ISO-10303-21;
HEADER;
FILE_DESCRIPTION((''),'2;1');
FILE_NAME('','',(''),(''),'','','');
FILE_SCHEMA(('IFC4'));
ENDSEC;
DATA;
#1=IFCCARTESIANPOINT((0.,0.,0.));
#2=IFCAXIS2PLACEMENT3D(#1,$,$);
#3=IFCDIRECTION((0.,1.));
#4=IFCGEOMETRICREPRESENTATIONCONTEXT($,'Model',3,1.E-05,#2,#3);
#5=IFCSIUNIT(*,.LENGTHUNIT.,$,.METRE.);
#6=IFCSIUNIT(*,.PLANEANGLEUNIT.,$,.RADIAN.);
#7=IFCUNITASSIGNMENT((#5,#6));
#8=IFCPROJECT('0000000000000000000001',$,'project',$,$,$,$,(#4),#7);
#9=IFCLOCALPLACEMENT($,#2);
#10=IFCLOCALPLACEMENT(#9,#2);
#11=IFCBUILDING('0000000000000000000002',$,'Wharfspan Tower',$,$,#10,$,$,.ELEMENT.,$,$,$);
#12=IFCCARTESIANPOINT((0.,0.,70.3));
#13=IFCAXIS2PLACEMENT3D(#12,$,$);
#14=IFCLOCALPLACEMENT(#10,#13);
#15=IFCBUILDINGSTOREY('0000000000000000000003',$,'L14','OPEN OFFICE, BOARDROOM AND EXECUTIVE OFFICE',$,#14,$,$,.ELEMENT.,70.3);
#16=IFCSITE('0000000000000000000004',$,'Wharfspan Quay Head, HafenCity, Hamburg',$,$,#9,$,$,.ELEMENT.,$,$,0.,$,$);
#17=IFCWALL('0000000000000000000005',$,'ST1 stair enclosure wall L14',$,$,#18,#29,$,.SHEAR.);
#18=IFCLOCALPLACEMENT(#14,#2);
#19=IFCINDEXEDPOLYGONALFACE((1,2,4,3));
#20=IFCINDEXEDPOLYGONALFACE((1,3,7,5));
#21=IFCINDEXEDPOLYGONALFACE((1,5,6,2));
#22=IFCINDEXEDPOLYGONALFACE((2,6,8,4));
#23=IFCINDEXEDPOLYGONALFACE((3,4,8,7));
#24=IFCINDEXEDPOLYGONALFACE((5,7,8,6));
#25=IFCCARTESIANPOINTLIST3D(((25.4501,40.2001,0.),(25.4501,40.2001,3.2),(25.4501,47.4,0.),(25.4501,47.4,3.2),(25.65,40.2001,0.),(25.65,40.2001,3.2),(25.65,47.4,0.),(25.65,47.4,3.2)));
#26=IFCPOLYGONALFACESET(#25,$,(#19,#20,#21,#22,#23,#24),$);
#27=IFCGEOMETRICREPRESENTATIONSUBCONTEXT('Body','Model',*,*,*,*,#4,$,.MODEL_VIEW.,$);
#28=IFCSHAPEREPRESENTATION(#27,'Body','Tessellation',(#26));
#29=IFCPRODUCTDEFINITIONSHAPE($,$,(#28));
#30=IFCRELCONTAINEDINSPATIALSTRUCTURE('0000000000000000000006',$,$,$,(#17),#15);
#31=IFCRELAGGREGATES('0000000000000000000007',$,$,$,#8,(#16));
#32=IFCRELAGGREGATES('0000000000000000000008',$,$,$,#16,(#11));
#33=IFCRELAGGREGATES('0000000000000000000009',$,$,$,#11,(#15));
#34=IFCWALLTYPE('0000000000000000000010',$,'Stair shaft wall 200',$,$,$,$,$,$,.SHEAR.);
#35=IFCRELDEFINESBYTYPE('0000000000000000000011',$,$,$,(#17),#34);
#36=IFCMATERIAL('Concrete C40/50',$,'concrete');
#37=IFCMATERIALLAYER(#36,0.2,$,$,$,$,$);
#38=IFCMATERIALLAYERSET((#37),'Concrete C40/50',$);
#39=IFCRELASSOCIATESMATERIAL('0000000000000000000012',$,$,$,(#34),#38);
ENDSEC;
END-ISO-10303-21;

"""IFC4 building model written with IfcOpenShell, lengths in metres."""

from ifc_helpers import new_model, si_unit, direction, frame, frame_2d, origin, place, context, subcontext, project, spatial, rectangle, extrude, material, layer, layer_set, type_object, element, save


model = new_model("IFC4")

# Units and contexts
model_context = context("Model", 3, precision=1e-05, world=origin(), true_north=direction((0.0, 1.0)))
body_context = subcontext(model_context, "Body", "Model", "MODEL_VIEW")
ifc_project = project(units=[si_unit("LENGTHUNIT", "METRE"), si_unit("PLANEANGLEUNIT", "RADIAN")], contexts=[model_context])

# Site, building, storey
site_placement = place(None, origin())
site = spatial("IfcSite", under=ifc_project, at=site_placement, Name="Wharfspan Quay Head, HafenCity, Hamburg", CompositionType="ELEMENT", RefElevation=0.0)
building_placement = place(site_placement, origin())
building = spatial("IfcBuilding", under=site, at=building_placement, Name="Wharfspan Tower", CompositionType="ELEMENT")
storey_placement = place(building_placement, frame((0.0, 0.0, 70.3)))
storey = spatial("IfcBuildingStorey", under=building, at=storey_placement, Name="L14", Description="OPEN OFFICE, BOARDROOM AND EXECUTIVE OFFICE", CompositionType="ELEMENT", Elevation=70.3)

# Shared definitions
ifc_material_1 = material(Name="Concrete C40/50", Category="concrete")
ifc_layer_1 = layer(ifc_material_1, 0.2)
ifc_layer_set_1 = layer_set([ifc_layer_1], Name="Concrete C40/50")
wall_type_1 = type_object("IfcWallType", Name="Stair shaft wall 200", PredefinedType="SHEAR", material=ifc_layer_set_1)

# Wall
wall_1_placement = place(storey_placement, frame((25.55, 40.2, 0.0), z_axis=(0.0, 0.0, 1.0), x_axis=(0.0, 1.0, 0.0)))
element("IfcWall", 1, at=wall_1_placement, inside=storey, type_object=wall_type_1, Name="ST1 stair enclosure wall L14", PredefinedType="SHEAR", context=body_context, shape_type="SweptSolid", body=[
    extrude(rectangle(XDim=7.2, YDim=0.2, at=frame_2d((3.6001, 0.0))), origin(), (0.0, 0.0, 1.0), 3.2),
])

save(model, "model.ifc")
